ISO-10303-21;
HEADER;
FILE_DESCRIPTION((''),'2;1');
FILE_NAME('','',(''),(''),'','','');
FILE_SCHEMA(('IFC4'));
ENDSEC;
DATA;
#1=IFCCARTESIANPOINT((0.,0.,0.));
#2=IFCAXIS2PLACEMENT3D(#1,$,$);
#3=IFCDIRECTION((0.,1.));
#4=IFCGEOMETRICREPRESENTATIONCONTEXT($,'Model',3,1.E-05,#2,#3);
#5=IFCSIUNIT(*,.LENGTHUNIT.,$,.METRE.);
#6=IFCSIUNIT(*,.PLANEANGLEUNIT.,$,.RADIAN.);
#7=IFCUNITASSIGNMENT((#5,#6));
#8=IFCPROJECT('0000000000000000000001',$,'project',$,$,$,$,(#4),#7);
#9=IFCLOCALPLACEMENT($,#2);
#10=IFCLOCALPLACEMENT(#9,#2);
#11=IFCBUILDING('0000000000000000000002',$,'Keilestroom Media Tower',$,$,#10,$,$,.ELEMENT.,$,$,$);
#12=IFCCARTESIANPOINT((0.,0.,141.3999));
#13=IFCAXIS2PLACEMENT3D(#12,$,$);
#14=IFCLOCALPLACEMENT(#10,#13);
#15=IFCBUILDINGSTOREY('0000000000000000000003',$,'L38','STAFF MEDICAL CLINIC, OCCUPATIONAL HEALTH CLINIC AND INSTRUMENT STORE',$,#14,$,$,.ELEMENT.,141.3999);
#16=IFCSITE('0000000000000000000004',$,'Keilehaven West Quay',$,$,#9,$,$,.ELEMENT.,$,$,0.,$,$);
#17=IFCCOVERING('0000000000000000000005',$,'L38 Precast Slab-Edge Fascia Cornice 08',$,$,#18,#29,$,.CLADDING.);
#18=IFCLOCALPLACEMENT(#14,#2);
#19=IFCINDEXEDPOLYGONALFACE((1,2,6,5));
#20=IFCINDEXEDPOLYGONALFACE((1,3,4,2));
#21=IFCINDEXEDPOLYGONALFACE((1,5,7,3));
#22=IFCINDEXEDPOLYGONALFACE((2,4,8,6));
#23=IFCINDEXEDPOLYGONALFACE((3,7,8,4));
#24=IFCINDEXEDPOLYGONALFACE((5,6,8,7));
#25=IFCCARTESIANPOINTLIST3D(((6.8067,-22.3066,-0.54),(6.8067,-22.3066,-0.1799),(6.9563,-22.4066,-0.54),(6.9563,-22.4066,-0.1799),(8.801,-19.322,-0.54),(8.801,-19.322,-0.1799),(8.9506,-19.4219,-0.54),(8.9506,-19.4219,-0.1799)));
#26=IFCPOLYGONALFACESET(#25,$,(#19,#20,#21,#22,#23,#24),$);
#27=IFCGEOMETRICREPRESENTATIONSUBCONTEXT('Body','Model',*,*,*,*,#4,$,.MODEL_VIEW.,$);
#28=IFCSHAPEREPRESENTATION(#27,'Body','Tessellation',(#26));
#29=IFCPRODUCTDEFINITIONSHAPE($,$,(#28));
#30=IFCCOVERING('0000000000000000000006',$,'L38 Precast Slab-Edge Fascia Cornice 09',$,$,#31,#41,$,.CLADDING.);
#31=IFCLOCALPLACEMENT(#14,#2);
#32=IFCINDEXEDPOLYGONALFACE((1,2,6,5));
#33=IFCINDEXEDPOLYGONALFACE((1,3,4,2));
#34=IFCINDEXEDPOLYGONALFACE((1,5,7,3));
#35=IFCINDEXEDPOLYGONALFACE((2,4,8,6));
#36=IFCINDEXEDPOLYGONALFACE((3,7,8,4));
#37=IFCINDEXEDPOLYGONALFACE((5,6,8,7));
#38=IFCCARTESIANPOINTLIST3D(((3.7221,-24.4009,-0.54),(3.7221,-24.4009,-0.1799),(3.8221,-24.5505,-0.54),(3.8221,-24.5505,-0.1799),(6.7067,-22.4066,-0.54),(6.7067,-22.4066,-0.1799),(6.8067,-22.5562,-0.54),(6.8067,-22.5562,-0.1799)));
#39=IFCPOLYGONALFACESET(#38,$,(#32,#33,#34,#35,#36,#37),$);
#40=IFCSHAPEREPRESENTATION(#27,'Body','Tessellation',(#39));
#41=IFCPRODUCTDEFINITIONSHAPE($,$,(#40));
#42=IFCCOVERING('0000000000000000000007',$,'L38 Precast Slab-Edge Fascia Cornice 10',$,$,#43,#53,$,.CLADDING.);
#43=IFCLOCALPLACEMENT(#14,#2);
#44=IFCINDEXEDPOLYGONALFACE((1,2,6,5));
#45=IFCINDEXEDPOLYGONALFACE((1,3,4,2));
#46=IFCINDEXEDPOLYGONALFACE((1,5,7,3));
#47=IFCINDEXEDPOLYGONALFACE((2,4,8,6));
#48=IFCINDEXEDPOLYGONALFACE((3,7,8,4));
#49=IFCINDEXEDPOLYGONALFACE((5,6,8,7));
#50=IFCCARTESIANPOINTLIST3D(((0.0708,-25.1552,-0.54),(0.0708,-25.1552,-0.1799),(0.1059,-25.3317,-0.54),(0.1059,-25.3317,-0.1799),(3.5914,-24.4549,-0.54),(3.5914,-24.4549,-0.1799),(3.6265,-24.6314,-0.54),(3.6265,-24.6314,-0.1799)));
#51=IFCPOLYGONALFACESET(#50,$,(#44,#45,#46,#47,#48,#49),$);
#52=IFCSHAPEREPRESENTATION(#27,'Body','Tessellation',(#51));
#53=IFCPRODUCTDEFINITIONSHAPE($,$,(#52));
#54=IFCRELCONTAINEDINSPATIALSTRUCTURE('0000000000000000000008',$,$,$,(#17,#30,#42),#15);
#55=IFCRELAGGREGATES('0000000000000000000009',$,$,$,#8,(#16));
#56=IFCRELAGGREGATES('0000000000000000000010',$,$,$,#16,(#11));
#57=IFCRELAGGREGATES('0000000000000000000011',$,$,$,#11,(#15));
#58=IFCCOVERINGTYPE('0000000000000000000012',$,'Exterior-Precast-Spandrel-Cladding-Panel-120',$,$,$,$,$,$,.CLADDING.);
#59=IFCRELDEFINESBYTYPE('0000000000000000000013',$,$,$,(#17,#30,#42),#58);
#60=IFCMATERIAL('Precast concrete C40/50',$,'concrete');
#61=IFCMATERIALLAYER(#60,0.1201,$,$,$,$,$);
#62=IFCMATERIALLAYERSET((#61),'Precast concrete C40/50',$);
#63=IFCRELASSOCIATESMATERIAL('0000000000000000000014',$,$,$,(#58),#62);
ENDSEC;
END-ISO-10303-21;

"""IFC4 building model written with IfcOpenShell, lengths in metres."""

from ifc_helpers import new_model, si_unit, direction, frame, origin, origin_2d, place, context, subcontext, project, spatial, rectangle, extrude, source, transform, mapped, material, layer, layer_set, type_object, element, save


model = new_model("IFC4")

# Units and contexts
model_context = context("Model", 3, precision=1e-05, world=origin(), true_north=direction((0.0, 1.0)))
body_context = subcontext(model_context, "Body", "Model", "MODEL_VIEW")
ifc_project = project(units=[si_unit("LENGTHUNIT", "METRE"), si_unit("PLANEANGLEUNIT", "RADIAN")], contexts=[model_context])

# Site, building, storey
site_placement = place(None, origin())
site = spatial("IfcSite", under=ifc_project, at=site_placement, Name="Keilehaven West Quay", CompositionType="ELEMENT", RefElevation=0.0)
building_placement = place(site_placement, origin())
building = spatial("IfcBuilding", under=site, at=building_placement, Name="Keilestroom Media Tower", CompositionType="ELEMENT")
storey_placement = place(building_placement, frame((0.0, 0.0, 141.3999)))
storey = spatial("IfcBuildingStorey", under=building, at=storey_placement, Name="L38", Description="STAFF MEDICAL CLINIC, OCCUPATIONAL HEALTH CLINIC AND INSTRUMENT STORE", CompositionType="ELEMENT", Elevation=141.3999)

# Shared definitions
ifc_material_1 = material(Name="Precast concrete C40/50", Category="concrete")

# Coverings
ifc_layer_1 = layer(ifc_material_1, 0.1201)
ifc_layer_set_1 = layer_set([ifc_layer_1], Name="Precast concrete C40/50")
covering_type = type_object("IfcCoveringType", Name="Exterior-Precast-Spandrel-Cladding-Panel-120", PredefinedType="CLADDING", material=ifc_layer_set_1)
shared_shape_1 = source(origin(), body_context, "Body", "SweptSolid", [
    extrude(rectangle(XDim=3.5896, YDim=0.1799, at=origin_2d()), origin(), (0.0, 0.0, 1.0), 0.3601),
])
for number, where, z_axis, x_axis, name in (
    (1, (7.8787, -20.8643, -0.54), (0.0, 0.0, 1.0), (-0.555575, -0.831467, 0.0), "L38 Precast Slab-Edge Fascia Cornice 08"),
    (2, (5.2644, -23.4785, -0.54), (0.0, 0.0, 1.0), (-0.831467, -0.555575, 0.0), "L38 Precast Slab-Edge Fascia Cornice 09"),
    (3, (1.8486, -24.8933, -0.54), (0.0, 0.0, 1.0), (-0.980784, -0.195099, 0.0), "L38 Precast Slab-Edge Fascia Cornice 10"),
):
    element("IfcCovering", number, at=place(storey_placement, frame(where, z_axis=z_axis, x_axis=x_axis)), inside=storey, type_object=covering_type, Name=name, PredefinedType="CLADDING", context=body_context, shape_type="MappedRepresentation", body=[
        mapped(shared_shape_1, transform((0.0, 0.0, 0.0), x_axis=(1.0, 0.0, 0.0), y_axis=(0.0, 1.0, 0.0), z_axis=(0.0, 0.0, 1.0), scale=1.0)),
    ])

save(model, "model.ifc")
